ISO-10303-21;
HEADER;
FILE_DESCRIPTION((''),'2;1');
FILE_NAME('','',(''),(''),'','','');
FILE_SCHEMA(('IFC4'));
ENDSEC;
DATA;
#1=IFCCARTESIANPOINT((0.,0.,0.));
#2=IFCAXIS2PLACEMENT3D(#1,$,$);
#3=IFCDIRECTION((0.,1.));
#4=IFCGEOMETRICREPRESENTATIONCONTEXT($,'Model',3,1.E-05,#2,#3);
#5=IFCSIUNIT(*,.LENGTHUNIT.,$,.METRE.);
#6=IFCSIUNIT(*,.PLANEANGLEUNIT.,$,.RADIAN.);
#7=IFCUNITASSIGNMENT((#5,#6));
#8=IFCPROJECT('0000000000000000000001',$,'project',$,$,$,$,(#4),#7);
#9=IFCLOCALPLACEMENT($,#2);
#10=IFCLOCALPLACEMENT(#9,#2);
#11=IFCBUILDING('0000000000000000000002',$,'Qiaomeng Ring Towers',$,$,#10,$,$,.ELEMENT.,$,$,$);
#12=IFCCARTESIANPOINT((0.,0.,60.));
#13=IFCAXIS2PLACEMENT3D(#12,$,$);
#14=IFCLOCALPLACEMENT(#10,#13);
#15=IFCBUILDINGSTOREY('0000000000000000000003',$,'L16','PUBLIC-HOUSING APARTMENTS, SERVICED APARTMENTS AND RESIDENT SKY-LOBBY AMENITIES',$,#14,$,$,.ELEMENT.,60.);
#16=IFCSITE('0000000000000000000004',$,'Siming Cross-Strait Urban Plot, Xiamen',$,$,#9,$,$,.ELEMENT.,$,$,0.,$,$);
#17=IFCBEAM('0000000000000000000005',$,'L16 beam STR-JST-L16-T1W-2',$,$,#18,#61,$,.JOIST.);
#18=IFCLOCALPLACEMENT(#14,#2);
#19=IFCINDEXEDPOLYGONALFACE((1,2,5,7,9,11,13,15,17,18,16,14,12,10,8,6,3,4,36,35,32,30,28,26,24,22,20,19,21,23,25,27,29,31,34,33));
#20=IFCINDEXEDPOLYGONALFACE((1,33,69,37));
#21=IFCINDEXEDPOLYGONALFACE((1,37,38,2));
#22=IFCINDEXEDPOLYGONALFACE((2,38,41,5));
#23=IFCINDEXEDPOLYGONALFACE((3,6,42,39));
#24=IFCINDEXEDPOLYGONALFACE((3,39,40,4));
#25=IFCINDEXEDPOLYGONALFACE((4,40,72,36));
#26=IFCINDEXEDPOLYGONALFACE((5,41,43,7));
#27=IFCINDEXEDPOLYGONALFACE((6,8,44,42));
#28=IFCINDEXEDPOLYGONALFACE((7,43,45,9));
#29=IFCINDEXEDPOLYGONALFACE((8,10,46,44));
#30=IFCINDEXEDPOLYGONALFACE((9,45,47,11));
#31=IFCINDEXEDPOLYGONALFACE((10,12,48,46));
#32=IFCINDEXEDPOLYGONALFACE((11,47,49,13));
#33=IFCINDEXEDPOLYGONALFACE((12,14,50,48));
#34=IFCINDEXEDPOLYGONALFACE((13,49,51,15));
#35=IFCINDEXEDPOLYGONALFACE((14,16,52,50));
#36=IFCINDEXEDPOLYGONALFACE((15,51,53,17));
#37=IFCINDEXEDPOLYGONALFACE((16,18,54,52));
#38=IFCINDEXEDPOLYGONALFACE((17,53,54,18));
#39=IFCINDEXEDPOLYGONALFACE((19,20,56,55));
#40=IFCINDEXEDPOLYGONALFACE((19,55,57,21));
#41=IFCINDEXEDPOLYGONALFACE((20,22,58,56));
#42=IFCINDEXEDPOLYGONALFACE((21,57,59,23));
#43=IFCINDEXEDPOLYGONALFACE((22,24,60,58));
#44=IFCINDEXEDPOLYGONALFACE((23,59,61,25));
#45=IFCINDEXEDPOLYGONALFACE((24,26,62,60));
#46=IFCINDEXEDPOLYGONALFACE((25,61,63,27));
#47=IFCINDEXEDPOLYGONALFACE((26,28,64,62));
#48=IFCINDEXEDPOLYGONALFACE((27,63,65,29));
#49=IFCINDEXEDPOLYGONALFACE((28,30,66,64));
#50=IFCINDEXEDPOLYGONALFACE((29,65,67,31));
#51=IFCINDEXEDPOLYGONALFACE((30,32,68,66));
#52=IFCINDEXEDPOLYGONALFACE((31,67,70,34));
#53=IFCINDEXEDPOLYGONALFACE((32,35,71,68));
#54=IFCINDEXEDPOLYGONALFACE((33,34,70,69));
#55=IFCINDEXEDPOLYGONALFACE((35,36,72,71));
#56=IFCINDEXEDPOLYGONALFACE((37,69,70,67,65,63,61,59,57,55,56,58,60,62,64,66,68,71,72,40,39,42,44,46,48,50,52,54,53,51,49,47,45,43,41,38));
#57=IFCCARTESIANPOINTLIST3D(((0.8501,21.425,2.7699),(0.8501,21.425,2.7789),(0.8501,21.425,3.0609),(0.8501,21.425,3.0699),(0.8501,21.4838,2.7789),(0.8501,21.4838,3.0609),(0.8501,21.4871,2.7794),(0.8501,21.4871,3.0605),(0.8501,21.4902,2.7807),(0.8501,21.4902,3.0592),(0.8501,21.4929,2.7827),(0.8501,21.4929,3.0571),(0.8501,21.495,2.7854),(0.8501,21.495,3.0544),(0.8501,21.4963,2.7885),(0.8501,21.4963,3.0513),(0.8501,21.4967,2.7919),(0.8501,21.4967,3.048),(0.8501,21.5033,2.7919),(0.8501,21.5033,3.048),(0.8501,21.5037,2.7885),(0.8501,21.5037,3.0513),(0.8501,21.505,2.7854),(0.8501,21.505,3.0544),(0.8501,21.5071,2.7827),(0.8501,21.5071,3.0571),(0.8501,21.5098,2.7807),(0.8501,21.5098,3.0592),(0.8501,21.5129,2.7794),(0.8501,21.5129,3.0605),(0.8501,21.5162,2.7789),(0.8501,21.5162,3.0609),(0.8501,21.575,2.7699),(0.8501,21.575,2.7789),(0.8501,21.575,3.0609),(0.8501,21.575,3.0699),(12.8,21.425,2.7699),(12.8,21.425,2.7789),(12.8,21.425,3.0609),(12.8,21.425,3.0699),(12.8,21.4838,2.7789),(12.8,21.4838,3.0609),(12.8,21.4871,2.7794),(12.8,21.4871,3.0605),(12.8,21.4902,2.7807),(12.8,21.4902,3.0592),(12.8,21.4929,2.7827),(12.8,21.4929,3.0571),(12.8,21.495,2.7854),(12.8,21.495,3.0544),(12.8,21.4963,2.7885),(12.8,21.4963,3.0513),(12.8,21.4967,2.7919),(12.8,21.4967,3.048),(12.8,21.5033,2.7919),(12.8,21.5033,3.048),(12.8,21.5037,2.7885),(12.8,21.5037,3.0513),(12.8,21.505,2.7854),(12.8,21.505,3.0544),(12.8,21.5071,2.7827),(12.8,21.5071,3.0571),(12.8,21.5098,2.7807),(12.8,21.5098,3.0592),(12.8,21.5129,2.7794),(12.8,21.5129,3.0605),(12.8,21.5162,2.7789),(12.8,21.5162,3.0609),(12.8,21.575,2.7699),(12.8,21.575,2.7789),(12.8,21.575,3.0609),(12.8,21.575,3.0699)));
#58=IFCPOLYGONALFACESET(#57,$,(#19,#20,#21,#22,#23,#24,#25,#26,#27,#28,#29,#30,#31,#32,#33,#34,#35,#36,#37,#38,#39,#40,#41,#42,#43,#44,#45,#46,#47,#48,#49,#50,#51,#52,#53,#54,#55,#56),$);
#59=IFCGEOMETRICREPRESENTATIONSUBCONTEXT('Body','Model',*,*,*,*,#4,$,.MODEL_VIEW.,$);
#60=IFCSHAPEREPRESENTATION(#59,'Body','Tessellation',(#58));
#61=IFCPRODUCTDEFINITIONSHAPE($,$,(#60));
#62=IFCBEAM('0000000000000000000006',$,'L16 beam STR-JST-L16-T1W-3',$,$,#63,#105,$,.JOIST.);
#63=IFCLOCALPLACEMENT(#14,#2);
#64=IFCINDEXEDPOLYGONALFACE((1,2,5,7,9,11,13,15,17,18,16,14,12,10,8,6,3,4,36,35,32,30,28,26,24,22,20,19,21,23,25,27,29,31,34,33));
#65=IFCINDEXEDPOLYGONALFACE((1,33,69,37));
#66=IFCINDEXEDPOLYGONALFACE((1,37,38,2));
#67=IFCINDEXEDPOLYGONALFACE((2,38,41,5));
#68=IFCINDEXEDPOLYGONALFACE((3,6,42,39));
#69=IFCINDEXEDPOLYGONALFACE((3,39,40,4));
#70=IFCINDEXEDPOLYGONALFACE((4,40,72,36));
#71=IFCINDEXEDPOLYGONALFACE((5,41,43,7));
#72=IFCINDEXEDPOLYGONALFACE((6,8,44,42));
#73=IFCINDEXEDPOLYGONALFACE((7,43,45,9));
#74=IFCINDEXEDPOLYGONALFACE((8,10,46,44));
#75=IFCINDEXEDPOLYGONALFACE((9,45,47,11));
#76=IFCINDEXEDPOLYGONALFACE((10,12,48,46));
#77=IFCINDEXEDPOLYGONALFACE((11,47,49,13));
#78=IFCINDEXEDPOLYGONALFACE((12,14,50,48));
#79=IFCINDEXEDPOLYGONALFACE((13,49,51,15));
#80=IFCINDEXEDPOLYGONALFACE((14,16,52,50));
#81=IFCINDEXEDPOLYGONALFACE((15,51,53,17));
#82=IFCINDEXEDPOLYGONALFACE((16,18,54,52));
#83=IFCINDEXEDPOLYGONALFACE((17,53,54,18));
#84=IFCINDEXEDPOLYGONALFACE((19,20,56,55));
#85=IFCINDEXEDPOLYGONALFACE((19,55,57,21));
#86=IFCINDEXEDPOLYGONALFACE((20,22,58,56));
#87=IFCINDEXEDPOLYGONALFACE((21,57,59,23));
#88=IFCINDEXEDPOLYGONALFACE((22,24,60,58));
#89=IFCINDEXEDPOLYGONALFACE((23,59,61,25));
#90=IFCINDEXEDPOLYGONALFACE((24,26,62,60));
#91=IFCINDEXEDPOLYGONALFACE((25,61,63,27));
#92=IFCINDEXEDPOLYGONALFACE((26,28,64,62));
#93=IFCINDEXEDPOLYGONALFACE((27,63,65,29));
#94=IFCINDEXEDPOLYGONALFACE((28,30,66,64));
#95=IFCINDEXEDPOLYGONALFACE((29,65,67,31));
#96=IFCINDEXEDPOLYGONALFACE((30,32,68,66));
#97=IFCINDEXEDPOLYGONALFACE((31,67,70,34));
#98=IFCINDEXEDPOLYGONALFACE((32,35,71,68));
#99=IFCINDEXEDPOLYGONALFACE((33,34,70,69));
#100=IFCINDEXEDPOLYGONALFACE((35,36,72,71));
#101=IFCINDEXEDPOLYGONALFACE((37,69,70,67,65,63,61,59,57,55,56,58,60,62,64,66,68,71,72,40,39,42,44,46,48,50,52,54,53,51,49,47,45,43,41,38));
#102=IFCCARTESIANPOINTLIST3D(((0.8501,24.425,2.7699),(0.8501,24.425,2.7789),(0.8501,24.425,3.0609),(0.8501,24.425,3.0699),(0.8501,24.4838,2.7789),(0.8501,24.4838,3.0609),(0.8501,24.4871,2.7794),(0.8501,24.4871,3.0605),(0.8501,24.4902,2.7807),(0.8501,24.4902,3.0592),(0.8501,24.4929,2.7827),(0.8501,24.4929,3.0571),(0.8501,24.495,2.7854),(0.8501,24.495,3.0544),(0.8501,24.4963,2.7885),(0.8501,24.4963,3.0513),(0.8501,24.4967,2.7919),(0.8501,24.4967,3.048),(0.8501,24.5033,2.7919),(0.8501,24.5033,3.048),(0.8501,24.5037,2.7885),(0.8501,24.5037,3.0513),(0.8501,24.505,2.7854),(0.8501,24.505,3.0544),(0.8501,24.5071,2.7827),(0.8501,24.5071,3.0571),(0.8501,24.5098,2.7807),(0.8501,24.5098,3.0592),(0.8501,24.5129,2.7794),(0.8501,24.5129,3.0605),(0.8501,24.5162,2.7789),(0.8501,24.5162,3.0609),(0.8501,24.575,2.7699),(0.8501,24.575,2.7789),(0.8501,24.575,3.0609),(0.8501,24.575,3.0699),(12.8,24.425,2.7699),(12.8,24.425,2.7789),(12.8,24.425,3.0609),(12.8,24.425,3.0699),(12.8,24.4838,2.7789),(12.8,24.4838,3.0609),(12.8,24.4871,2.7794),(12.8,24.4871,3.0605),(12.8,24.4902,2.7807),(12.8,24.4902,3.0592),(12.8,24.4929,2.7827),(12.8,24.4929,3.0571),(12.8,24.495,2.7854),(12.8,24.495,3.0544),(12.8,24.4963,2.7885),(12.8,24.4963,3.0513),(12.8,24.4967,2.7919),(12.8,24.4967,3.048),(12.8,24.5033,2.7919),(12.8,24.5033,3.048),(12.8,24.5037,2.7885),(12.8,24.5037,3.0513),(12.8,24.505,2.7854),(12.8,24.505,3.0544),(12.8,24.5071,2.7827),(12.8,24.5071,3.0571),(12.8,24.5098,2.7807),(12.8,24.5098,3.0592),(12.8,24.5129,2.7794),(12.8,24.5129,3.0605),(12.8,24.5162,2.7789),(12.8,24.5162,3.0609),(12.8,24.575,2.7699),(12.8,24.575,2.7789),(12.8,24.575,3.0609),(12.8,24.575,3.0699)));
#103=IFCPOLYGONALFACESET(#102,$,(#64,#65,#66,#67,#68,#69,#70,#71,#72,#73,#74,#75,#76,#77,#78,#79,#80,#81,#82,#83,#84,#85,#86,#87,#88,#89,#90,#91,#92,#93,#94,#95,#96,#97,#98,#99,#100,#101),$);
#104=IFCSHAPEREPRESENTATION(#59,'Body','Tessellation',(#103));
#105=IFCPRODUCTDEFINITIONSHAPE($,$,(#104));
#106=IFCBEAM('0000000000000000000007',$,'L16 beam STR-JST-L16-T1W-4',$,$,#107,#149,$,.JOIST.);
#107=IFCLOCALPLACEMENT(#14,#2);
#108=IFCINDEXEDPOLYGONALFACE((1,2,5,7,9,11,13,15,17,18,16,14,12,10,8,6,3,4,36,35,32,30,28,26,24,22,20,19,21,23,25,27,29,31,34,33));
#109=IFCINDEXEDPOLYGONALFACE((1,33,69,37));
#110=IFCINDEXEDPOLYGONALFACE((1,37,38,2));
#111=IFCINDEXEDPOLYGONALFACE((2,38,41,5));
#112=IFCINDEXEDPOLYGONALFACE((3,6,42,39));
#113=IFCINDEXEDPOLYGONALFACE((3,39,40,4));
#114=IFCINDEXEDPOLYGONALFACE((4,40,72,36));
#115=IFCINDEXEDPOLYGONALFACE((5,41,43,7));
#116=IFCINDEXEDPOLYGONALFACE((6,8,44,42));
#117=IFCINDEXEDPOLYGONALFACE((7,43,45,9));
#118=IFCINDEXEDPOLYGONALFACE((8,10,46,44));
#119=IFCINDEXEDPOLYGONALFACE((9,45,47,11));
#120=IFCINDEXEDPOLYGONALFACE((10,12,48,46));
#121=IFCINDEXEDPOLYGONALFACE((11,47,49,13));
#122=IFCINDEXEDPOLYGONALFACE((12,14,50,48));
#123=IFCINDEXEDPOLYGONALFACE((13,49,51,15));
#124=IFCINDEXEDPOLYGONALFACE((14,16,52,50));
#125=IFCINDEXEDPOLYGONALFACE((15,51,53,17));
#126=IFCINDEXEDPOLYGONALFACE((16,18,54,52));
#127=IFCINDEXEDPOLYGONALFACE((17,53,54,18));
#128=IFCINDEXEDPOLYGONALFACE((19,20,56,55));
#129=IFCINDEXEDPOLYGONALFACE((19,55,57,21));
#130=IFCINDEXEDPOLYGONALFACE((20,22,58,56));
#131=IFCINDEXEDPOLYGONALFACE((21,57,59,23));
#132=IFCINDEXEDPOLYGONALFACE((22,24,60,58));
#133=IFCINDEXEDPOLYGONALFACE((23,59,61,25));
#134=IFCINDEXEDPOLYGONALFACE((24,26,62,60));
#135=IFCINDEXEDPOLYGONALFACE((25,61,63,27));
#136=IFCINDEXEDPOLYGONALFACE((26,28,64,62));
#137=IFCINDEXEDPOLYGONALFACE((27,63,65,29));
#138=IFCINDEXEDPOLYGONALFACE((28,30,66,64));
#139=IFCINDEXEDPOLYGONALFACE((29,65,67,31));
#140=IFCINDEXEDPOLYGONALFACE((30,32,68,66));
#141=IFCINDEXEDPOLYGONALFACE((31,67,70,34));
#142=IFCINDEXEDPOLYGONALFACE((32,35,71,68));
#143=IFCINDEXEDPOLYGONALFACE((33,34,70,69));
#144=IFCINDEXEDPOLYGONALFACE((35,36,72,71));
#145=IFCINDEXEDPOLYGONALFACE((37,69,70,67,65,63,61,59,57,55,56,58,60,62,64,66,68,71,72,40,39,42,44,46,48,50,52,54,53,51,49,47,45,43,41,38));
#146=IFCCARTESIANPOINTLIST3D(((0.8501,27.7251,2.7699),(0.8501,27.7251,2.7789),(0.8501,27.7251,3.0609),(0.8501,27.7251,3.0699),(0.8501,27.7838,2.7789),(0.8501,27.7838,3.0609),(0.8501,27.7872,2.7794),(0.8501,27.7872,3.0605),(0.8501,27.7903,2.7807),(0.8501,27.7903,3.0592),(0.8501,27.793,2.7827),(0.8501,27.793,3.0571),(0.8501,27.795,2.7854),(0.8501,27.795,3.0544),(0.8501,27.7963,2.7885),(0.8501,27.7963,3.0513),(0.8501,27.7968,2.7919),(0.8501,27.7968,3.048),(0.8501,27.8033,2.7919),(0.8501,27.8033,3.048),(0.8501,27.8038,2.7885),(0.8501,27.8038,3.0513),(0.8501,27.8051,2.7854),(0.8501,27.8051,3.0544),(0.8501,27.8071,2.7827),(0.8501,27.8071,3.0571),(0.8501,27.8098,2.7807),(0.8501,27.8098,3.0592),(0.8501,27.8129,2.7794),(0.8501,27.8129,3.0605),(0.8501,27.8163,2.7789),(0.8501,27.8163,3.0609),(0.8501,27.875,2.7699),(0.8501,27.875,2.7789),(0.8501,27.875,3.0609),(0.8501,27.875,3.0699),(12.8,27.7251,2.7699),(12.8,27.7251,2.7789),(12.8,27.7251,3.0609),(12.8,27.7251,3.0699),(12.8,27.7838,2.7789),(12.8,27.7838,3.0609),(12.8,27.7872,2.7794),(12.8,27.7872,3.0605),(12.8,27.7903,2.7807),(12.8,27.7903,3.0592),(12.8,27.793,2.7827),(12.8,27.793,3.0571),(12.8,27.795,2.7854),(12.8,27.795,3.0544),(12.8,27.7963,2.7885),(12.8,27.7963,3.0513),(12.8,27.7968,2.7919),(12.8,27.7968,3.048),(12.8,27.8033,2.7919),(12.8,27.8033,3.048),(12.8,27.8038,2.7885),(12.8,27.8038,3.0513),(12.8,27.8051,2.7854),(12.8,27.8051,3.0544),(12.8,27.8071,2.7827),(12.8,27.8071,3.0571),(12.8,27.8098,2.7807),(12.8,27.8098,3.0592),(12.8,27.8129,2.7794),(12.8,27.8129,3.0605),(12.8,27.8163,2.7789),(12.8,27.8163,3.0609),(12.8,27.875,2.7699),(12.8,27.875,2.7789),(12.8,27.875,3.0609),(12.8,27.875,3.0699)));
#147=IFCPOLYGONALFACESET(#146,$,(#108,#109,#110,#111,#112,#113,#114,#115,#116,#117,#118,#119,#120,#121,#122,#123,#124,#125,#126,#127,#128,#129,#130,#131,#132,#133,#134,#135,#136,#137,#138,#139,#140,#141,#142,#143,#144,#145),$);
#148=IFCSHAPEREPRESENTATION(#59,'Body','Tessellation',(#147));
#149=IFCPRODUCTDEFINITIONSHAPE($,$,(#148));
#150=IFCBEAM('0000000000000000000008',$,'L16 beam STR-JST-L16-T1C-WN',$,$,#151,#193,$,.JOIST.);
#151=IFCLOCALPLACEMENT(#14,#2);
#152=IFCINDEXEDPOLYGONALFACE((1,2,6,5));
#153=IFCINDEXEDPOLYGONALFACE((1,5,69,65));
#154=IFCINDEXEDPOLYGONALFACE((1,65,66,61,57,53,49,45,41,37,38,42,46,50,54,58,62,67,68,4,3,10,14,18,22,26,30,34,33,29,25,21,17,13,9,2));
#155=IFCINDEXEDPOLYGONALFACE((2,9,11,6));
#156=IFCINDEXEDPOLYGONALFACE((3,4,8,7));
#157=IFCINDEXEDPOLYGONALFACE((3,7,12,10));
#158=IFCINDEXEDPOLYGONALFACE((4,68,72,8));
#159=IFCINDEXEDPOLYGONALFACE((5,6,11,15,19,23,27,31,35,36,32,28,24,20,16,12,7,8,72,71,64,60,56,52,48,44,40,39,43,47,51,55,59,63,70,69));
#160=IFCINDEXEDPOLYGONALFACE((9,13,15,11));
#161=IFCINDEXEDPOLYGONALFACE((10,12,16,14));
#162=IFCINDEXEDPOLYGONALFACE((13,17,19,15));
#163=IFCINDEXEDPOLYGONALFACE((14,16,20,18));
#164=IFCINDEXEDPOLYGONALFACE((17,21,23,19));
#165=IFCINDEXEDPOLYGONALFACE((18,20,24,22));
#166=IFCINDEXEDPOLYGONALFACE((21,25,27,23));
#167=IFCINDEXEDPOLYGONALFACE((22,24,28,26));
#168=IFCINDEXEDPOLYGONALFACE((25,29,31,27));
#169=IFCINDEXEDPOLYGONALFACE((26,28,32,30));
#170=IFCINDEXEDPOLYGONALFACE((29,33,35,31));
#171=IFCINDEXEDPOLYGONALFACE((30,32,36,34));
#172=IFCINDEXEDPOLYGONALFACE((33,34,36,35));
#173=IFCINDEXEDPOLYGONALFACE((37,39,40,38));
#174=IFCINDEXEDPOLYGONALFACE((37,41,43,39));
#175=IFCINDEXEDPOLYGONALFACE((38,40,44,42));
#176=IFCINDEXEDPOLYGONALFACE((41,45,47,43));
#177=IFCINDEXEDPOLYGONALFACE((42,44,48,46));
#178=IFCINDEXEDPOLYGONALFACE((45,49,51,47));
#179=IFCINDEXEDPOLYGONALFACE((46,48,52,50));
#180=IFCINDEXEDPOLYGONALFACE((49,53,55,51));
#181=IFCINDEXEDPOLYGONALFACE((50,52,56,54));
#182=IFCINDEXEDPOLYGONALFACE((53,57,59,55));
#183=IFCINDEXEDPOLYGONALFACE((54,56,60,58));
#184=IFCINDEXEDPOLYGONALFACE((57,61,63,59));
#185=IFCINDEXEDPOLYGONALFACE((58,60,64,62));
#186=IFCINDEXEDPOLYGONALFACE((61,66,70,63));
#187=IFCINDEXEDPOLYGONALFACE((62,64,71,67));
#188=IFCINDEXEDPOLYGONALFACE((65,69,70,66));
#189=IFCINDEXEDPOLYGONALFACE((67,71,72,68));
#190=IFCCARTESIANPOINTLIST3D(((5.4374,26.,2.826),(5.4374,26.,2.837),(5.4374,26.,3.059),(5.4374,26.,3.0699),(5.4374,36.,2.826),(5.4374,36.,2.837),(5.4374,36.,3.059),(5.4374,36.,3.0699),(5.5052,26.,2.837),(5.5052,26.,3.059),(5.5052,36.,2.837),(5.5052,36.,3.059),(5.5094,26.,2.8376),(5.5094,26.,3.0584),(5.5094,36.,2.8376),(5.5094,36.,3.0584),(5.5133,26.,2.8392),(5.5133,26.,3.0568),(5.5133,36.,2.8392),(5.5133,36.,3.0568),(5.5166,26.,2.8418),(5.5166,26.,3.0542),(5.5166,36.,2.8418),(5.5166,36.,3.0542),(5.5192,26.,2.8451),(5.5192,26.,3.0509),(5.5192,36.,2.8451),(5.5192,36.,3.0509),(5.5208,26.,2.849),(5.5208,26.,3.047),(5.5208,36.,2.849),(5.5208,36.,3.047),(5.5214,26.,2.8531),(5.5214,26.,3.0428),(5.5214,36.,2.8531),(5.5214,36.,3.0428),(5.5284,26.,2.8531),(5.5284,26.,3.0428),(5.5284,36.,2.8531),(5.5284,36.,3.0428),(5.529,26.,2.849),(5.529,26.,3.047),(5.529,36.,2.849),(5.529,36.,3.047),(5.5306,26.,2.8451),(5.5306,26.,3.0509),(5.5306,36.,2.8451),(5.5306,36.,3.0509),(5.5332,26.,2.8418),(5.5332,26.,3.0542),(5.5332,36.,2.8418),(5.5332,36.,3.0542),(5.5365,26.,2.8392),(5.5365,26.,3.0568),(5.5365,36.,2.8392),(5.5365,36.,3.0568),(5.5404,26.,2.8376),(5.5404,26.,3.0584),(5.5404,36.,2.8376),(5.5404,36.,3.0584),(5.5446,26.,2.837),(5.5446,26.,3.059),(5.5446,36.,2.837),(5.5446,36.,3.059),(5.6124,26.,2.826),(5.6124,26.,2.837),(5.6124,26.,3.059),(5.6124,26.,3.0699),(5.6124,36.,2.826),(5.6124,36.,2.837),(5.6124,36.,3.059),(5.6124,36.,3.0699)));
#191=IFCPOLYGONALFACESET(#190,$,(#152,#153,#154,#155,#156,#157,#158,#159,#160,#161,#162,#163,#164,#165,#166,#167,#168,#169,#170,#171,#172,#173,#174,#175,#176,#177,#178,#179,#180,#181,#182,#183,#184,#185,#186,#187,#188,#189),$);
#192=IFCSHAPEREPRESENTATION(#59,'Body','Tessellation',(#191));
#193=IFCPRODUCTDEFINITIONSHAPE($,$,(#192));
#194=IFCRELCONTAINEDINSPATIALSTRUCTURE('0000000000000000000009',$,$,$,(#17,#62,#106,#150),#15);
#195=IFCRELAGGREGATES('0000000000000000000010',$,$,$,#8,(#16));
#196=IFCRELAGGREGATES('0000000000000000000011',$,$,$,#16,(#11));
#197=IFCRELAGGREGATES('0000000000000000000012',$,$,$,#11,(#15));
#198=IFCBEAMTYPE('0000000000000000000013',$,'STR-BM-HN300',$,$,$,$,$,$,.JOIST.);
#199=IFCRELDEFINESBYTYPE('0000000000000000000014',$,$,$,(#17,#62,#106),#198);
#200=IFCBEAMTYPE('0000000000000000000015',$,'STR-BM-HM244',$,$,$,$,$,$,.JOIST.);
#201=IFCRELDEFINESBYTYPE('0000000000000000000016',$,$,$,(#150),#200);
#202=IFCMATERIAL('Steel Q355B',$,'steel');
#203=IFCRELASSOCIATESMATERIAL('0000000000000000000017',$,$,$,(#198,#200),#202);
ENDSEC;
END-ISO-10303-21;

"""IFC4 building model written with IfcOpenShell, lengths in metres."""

from ifc_helpers import new_model, si_unit, direction, frame, origin, origin_2d, place, context, subcontext, project, spatial, i_section, extrude, source, transform, mapped, material, material_profile, profile_set, type_object, element, save


model = new_model("IFC4")

# Units and contexts
model_context = context("Model", 3, precision=1e-05, world=origin(), true_north=direction((0.0, 1.0)))
body_context = subcontext(model_context, "Body", "Model", "MODEL_VIEW")
ifc_project = project(units=[si_unit("LENGTHUNIT", "METRE"), si_unit("PLANEANGLEUNIT", "RADIAN")], contexts=[model_context])

# Site, building, storey
site_placement = place(None, origin())
site = spatial("IfcSite", under=ifc_project, at=site_placement, Name="Siming Cross-Strait Urban Plot, Xiamen", CompositionType="ELEMENT", RefElevation=0.0)
building_placement = place(site_placement, origin())
building = spatial("IfcBuilding", under=site, at=building_placement, Name="Qiaomeng Ring Towers", CompositionType="ELEMENT")
storey_placement = place(building_placement, frame((0.0, 0.0, 60.0)))
storey = spatial("IfcBuildingStorey", under=building, at=storey_placement, Name="L16", Description="PUBLIC-HOUSING APARTMENTS, SERVICED APARTMENTS AND RESIDENT SKY-LOBBY AMENITIES", CompositionType="ELEMENT", Elevation=60.0)

# Beams
ifc_material_1 = material(Name="Steel Q355B", Category="steel")
ifc_material_profile_1 = material_profile(ifc_material_1, i_section(OverallWidth=0.1499, OverallDepth=0.3, WebThickness=0.0066, FlangeThickness=0.009, FilletRadius=0.0129, at=origin_2d()), Name="HN 300x150x6.5x9")
ifc_profile_set_1 = profile_set([ifc_material_profile_1], Name="Steel Q355B")
beam_type_1 = type_object("IfcBeamType", Name="STR-BM-HN300", PredefinedType="JOIST", material=ifc_profile_set_1)
shared_shape_1 = source(origin(), body_context, "Body", "SweptSolid", [
    extrude(i_section(OverallWidth=0.1499, OverallDepth=0.3, WebThickness=0.0066, FlangeThickness=0.009, FilletRadius=0.0129, at=origin_2d()), origin(), (0.0, 0.0, 1.0), 11.95),
])
for number, where, z_axis, x_axis, name in (
    (1, (0.8501, 21.5, 2.9199), (1.0, 0.0, 0.0), (0.0, 1.0, 0.0), "L16 beam STR-JST-L16-T1W-2"),
    (2, (0.8501, 24.5, 2.9199), (1.0, 0.0, 0.0), (0.0, 1.0, 0.0), "L16 beam STR-JST-L16-T1W-3"),
    (3, (0.8501, 27.8, 2.9199), (1.0, 0.0, 0.0), (0.0, 1.0, 0.0), "L16 beam STR-JST-L16-T1W-4"),
):
    element("IfcBeam", number, at=place(storey_placement, frame(where, z_axis=z_axis, x_axis=x_axis)), inside=storey, type_object=beam_type_1, Name=name, PredefinedType="JOIST", context=body_context, shape_type="MappedRepresentation", body=[
        mapped(shared_shape_1, transform((0.0, 0.0, 0.0), x_axis=(1.0, 0.0, 0.0), y_axis=(0.0, 1.0, 0.0), z_axis=(0.0, 0.0, 1.0), scale=1.0)),
    ])
ifc_material_profile_2 = material_profile(ifc_material_1, i_section(OverallWidth=0.175, OverallDepth=0.2439, WebThickness=0.0071, FlangeThickness=0.011, FilletRadius=0.0161, at=origin_2d()), Name="HM 244x175x7x11")
ifc_profile_set_2 = profile_set([ifc_material_profile_2], Name="Steel Q355B")
beam_type_2 = type_object("IfcBeamType", Name="STR-BM-HM244", PredefinedType="JOIST", material=ifc_profile_set_2)
shared_shape_2 = source(origin(), body_context, "Body", "SweptSolid", [
    extrude(i_section(OverallWidth=0.175, OverallDepth=0.2439, WebThickness=0.0071, FlangeThickness=0.011, FilletRadius=0.0161, at=origin_2d()), origin(), (0.0, 0.0, 1.0), 10.0),
])
beam_1_placement = place(storey_placement, frame((5.5249, 26.0, 2.948), z_axis=(0.0, 1.0, 0.0), x_axis=(-1.0, 0.0, 0.0)))
element("IfcBeam", 4, at=beam_1_placement, inside=storey, type_object=beam_type_2, Name="L16 beam STR-JST-L16-T1C-WN", PredefinedType="JOIST", context=body_context, shape_type="MappedRepresentation", body=[
    mapped(shared_shape_2, transform((0.0, 0.0, 0.0), x_axis=(1.0, 0.0, 0.0), y_axis=(0.0, 1.0, 0.0), z_axis=(0.0, 0.0, 1.0), scale=1.0)),
])

save(model, "model.ifc")
